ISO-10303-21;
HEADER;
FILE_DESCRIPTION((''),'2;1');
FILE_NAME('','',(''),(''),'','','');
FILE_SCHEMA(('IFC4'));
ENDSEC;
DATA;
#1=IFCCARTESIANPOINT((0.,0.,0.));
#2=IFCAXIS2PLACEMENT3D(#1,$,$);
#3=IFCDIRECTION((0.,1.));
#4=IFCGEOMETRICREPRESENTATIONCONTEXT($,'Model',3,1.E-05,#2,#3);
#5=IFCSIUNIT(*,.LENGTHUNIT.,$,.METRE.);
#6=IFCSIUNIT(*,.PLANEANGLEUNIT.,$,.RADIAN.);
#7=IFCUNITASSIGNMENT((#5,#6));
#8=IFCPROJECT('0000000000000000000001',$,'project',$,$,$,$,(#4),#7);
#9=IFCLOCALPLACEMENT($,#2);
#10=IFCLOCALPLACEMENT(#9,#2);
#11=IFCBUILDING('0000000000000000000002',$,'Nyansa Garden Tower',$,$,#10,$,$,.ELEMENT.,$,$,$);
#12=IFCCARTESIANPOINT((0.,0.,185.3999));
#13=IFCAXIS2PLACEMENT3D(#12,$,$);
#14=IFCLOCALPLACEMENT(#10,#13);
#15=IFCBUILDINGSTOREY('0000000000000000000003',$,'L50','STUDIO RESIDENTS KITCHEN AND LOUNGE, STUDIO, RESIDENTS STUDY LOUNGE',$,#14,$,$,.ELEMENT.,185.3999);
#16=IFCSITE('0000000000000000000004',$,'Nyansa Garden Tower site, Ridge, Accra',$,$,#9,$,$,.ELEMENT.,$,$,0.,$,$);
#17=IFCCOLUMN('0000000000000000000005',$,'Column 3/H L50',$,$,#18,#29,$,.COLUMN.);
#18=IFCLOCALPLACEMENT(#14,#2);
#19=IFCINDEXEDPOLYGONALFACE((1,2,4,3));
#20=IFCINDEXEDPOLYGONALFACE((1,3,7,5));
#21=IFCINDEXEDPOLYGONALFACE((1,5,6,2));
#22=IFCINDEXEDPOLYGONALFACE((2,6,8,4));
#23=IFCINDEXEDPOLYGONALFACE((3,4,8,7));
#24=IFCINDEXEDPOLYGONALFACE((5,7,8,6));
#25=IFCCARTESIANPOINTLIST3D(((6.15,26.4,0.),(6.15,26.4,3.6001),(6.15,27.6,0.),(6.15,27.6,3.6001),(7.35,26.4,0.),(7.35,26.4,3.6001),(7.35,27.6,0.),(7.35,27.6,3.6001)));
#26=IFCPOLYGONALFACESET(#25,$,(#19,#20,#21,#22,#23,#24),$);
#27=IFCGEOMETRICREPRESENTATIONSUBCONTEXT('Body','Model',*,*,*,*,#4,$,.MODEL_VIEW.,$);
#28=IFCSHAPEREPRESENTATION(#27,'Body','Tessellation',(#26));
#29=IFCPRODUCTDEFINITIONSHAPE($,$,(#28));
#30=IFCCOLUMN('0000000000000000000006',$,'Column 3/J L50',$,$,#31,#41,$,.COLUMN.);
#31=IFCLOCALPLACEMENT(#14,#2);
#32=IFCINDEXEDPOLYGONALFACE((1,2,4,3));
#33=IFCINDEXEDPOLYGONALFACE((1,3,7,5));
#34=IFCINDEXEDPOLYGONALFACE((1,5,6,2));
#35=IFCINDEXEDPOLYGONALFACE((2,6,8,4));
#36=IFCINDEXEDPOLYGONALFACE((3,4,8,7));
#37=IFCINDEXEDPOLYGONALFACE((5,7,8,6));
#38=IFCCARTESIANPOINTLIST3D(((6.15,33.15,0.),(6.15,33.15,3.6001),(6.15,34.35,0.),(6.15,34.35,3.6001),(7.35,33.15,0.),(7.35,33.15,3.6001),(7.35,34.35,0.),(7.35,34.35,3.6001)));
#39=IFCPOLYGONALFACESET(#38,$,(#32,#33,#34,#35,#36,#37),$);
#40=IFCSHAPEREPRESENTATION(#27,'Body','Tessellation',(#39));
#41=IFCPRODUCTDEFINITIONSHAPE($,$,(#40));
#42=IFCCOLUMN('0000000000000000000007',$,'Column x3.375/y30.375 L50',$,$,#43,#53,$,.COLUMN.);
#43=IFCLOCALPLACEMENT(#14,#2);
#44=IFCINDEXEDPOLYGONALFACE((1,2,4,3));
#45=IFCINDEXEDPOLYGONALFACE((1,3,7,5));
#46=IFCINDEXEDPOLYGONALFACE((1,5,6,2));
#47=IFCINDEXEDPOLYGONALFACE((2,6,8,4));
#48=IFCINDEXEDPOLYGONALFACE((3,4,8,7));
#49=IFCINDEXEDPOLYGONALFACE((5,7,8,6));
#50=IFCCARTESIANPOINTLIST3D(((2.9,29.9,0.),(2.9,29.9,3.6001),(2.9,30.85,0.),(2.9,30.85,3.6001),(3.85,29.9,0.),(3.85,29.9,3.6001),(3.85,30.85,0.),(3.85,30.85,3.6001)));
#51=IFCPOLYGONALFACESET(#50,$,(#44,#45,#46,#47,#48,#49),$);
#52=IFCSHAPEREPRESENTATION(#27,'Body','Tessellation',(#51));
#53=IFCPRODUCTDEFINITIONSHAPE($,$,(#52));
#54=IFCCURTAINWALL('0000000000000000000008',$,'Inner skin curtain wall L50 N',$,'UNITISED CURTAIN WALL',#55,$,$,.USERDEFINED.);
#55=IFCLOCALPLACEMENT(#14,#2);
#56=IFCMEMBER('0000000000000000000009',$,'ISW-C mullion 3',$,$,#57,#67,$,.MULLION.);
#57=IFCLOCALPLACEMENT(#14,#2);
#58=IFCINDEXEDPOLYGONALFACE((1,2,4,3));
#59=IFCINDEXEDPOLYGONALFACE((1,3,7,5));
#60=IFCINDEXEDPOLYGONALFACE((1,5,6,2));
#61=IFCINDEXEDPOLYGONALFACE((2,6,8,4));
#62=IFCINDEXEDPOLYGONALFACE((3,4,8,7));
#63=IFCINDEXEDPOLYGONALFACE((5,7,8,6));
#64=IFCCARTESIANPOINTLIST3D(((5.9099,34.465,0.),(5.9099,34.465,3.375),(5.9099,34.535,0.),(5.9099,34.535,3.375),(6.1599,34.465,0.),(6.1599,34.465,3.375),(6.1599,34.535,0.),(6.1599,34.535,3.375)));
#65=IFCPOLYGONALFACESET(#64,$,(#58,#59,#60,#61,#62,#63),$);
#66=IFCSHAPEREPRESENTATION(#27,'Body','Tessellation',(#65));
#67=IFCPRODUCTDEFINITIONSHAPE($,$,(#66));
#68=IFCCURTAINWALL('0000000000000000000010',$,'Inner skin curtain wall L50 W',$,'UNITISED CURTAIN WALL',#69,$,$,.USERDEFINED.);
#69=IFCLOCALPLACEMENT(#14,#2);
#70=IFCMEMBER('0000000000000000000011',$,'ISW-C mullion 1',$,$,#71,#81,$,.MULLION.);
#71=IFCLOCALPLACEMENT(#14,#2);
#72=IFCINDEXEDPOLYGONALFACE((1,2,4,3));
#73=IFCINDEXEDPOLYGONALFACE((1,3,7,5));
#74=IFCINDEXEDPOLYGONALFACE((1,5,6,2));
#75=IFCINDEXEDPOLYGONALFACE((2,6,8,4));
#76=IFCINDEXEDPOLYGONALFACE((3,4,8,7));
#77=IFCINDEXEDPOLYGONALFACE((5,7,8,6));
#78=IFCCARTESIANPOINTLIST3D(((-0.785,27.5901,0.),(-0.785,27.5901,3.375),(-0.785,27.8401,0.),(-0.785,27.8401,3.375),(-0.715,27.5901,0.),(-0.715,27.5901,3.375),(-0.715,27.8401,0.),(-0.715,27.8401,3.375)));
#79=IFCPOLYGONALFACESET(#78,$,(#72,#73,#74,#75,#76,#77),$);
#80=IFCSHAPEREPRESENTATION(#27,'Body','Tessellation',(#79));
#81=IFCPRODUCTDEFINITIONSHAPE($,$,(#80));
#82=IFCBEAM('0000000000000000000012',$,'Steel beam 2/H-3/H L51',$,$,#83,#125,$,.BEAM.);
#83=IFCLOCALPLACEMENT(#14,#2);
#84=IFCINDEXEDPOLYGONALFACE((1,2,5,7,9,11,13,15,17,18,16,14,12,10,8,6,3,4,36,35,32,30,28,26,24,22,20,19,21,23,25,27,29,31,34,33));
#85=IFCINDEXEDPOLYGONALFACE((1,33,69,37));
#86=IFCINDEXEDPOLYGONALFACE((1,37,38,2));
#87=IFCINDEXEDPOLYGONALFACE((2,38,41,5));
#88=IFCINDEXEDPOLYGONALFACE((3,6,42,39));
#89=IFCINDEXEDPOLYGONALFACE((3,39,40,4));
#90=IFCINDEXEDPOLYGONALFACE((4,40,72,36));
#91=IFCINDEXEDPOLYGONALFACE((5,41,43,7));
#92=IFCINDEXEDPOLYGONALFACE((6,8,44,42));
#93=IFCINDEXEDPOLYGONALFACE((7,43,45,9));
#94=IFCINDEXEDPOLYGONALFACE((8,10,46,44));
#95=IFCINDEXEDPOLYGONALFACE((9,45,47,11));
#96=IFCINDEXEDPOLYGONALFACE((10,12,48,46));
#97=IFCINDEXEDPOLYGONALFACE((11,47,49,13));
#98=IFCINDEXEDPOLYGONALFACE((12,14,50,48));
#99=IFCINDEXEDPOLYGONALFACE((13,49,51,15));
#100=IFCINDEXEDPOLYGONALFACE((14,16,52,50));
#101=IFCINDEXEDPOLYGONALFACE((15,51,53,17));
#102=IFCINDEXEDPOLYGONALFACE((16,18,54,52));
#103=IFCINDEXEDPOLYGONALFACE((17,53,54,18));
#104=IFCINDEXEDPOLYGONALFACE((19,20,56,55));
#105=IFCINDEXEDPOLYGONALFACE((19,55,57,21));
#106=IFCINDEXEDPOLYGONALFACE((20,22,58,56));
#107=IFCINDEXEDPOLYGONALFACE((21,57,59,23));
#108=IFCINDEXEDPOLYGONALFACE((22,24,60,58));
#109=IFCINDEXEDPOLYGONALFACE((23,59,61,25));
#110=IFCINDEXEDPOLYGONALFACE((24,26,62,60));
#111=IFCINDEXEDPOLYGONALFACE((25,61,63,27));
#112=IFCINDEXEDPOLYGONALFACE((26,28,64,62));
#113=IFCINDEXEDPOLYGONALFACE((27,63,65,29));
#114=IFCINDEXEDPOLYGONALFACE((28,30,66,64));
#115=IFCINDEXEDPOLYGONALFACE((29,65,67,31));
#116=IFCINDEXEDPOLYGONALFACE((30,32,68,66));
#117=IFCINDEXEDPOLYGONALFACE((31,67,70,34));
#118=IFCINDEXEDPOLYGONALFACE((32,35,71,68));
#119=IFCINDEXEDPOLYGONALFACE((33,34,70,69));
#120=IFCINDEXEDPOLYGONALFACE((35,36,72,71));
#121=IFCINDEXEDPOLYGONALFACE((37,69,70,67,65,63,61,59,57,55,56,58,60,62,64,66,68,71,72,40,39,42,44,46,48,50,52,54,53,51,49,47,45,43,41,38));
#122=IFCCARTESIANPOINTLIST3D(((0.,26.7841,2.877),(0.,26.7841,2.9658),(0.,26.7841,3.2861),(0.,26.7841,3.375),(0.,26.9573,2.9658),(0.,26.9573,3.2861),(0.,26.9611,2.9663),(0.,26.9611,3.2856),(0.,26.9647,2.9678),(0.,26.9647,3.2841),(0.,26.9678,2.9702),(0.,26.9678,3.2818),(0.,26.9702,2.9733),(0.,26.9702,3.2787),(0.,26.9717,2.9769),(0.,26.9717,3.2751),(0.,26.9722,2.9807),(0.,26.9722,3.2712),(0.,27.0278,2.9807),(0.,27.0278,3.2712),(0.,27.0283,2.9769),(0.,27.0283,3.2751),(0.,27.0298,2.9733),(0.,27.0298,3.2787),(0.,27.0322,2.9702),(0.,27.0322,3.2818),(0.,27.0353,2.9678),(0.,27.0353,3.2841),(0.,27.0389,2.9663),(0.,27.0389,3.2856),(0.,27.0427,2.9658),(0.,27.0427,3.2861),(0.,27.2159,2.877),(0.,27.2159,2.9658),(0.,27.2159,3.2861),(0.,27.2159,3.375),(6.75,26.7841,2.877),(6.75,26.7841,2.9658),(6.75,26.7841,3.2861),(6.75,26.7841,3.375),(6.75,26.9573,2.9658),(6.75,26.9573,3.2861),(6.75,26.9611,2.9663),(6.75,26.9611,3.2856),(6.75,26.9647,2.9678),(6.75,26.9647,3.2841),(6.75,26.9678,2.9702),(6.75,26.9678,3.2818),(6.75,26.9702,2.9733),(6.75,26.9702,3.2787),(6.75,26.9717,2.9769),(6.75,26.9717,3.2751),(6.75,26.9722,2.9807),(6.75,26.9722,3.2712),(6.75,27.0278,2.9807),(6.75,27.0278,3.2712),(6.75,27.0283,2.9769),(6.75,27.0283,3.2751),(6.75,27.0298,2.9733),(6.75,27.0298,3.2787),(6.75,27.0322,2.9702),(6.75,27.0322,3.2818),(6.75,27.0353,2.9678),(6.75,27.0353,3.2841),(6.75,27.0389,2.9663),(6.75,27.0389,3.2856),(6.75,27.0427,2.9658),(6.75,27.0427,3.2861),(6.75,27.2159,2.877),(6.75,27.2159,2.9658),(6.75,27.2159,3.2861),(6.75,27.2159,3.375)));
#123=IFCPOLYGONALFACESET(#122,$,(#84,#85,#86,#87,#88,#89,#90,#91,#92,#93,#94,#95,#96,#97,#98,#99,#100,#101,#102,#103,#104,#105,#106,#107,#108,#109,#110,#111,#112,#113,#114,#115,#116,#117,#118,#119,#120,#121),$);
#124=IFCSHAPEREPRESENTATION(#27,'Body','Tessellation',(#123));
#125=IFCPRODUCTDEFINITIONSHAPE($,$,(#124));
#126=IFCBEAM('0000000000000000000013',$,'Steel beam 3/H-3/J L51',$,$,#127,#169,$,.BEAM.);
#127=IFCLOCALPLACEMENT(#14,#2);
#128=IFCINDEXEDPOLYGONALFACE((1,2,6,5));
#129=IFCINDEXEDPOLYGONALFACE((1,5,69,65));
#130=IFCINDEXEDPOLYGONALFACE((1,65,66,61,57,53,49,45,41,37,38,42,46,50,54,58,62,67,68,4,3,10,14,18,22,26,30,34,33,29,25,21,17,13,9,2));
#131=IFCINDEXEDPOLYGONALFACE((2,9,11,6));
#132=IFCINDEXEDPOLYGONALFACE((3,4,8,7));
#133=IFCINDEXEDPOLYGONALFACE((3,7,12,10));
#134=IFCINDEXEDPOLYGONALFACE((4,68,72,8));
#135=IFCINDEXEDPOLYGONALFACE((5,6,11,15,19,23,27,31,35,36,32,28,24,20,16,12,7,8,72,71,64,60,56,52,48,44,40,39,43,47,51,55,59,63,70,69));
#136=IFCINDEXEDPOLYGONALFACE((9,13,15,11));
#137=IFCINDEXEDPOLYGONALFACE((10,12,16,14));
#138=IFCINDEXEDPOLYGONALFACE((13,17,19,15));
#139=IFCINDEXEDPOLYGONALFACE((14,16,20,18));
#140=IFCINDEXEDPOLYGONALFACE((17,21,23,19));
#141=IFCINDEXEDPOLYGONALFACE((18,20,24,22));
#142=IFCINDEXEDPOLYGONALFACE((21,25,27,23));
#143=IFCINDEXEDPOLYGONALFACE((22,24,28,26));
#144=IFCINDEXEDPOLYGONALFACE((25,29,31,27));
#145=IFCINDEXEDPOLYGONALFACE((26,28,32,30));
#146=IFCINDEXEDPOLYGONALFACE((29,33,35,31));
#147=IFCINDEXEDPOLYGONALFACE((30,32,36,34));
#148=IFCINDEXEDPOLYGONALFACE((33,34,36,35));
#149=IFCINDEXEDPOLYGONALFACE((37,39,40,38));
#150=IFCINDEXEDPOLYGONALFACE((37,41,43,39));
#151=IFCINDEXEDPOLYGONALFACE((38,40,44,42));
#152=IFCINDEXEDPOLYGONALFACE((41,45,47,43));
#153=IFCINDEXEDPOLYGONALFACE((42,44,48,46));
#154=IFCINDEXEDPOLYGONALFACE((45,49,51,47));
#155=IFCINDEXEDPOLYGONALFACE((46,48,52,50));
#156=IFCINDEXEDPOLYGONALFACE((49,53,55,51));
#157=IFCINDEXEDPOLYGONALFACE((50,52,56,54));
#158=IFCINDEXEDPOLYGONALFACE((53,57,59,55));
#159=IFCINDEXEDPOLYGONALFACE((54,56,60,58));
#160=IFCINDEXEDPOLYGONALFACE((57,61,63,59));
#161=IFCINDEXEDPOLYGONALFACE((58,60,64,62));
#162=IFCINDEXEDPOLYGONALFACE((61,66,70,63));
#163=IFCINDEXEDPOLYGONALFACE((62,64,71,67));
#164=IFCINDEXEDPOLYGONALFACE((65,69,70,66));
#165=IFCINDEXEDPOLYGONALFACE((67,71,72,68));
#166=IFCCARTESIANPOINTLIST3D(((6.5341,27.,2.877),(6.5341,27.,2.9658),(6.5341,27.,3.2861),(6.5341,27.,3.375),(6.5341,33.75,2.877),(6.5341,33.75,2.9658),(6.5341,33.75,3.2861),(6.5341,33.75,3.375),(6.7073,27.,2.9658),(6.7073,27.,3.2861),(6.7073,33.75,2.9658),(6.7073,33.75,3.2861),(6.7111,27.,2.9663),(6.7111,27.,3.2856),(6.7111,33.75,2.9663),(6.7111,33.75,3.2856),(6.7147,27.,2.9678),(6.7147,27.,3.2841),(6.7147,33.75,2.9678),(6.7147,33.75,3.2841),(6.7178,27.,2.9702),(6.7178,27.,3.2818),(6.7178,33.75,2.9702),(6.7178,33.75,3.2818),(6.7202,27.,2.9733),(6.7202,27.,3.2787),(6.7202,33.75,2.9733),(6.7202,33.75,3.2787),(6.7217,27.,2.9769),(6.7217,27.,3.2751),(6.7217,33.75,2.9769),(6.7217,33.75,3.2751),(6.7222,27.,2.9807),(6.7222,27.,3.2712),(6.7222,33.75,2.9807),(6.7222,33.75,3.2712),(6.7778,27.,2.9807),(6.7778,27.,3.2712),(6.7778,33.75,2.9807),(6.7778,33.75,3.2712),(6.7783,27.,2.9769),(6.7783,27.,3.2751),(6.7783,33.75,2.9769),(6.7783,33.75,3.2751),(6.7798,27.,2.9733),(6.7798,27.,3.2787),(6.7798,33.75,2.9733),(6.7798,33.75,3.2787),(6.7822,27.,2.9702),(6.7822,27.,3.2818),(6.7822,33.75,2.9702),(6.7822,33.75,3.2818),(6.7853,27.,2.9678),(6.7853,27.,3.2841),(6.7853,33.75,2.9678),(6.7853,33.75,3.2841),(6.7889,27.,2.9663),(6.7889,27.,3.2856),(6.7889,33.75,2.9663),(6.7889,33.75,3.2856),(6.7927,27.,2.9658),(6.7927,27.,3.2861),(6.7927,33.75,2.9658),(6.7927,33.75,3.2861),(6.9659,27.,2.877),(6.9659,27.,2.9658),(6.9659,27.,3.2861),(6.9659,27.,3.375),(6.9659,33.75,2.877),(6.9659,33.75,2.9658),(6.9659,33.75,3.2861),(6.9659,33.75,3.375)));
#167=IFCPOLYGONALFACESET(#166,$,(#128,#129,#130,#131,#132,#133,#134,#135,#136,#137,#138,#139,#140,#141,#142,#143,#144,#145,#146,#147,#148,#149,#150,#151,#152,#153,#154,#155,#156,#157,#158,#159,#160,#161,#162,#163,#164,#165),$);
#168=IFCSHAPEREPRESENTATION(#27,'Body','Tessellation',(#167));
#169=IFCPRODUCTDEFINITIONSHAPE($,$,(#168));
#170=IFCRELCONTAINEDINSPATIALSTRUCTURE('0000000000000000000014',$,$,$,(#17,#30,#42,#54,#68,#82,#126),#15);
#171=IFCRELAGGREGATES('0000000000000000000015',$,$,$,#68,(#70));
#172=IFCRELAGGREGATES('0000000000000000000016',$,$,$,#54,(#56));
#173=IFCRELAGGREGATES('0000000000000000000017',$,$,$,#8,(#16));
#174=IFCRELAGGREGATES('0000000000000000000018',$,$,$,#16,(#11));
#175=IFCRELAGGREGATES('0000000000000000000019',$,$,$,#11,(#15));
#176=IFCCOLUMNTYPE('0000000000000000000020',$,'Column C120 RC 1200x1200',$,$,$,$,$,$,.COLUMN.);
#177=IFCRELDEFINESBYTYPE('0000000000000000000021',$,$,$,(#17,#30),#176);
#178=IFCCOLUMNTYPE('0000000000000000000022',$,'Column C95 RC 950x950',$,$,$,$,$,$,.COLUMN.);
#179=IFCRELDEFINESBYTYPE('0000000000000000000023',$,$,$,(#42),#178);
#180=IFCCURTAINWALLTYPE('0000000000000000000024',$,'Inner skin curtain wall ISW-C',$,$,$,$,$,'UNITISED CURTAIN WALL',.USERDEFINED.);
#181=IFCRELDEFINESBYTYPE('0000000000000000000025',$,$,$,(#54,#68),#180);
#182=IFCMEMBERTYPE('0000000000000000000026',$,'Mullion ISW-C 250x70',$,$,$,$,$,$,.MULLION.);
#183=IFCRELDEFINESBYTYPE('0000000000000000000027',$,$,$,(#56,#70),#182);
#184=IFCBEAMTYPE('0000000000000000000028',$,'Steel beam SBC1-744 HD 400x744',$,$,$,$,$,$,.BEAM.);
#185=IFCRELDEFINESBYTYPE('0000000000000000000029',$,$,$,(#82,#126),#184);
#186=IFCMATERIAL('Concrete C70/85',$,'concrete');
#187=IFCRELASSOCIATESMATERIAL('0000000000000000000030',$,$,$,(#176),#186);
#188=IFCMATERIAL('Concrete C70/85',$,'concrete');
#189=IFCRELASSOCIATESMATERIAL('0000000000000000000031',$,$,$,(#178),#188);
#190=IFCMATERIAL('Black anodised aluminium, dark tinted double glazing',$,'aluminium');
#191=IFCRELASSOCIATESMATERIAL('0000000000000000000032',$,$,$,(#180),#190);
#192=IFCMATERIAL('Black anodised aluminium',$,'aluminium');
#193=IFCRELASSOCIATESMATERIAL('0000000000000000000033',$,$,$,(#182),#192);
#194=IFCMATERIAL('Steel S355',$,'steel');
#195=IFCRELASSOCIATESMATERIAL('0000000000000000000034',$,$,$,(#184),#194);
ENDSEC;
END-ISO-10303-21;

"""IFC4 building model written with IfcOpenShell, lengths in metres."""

from ifc_helpers import new_model, si_unit, direction, frame, origin, origin_2d, place, context, subcontext, project, spatial, rectangle, i_section, extrude, material, material_profile, profile_set, type_object, element, aggregate, save


model = new_model("IFC4")

# Units and contexts
model_context = context("Model", 3, precision=1e-05, world=origin(), true_north=direction((0.0, 1.0)))
body_context = subcontext(model_context, "Body", "Model", "MODEL_VIEW")
ifc_project = project(units=[si_unit("LENGTHUNIT", "METRE"), si_unit("PLANEANGLEUNIT", "RADIAN")], contexts=[model_context])

# Site, building, storey
site_placement = place(None, origin())
site = spatial("IfcSite", under=ifc_project, at=site_placement, Name="Nyansa Garden Tower site, Ridge, Accra", CompositionType="ELEMENT", RefElevation=0.0)
building_placement = place(site_placement, origin())
building = spatial("IfcBuilding", under=site, at=building_placement, Name="Nyansa Garden Tower", CompositionType="ELEMENT")
storey_placement = place(building_placement, frame((0.0, 0.0, 185.3999)))
storey = spatial("IfcBuildingStorey", under=building, at=storey_placement, Name="L50", Description="STUDIO RESIDENTS KITCHEN AND LOUNGE, STUDIO, RESIDENTS STUDY LOUNGE", CompositionType="ELEMENT", Elevation=185.3999)

# Columns
ifc_material_1 = material(Name="Concrete C70/85", Category="concrete")
ifc_material_profile_1 = material_profile(ifc_material_1, rectangle(XDim=1.2, YDim=1.2, at=origin_2d()), Name="RC 1200x1200")
ifc_profile_set_1 = profile_set([ifc_material_profile_1], Name="Concrete C70/85")
column_type_1 = type_object("IfcColumnType", Name="Column C120 RC 1200x1200", PredefinedType="COLUMN", material=ifc_profile_set_1)
for number, where, z_axis, x_axis, name in (
    (1, (6.75, 27.0, 0.0), (0.0, 0.0, 1.0), (1.0, 0.0, 0.0), "Column 3/H L50"),
    (2, (6.75, 33.75, 0.0), (0.0, 0.0, 1.0), (1.0, 0.0, 0.0), "Column 3/J L50"),
):
    element("IfcColumn", number, at=place(storey_placement, frame(where, z_axis=z_axis, x_axis=x_axis)), inside=storey, type_object=column_type_1, Name=name, PredefinedType="COLUMN", context=body_context, shape_type="SweptSolid", body=[
        extrude(rectangle(XDim=1.2, YDim=1.2, at=origin_2d()), origin(), (0.0, 0.0, 1.0), 3.6001),
    ])
ifc_material_2 = material(Name="Concrete C70/85", Category="concrete")
ifc_material_profile_2 = material_profile(ifc_material_2, rectangle(XDim=0.95, YDim=0.95, at=origin_2d()), Name="RC 950x950")
ifc_profile_set_2 = profile_set([ifc_material_profile_2], Name="Concrete C70/85")
column_type_2 = type_object("IfcColumnType", Name="Column C95 RC 950x950", PredefinedType="COLUMN", material=ifc_profile_set_2)
column_placement = place(storey_placement, frame((3.375, 30.375, 0.0), z_axis=(0.0, 0.0, 1.0), x_axis=(1.0, 0.0, 0.0)))
element("IfcColumn", 3, at=column_placement, inside=storey, type_object=column_type_2, Name="Column x3.375/y30.375 L50", PredefinedType="COLUMN", context=body_context, shape_type="SweptSolid", body=[
    extrude(rectangle(XDim=0.95, YDim=0.95, at=origin_2d()), origin(), (0.0, 0.0, 1.0), 3.6001),
])

# Curtain walls, members
ifc_material_3 = material(Name="Black anodised aluminium, dark tinted double glazing", Category="aluminium")
curtain_wall_type = type_object("IfcCurtainWallType", Name="Inner skin curtain wall ISW-C", ElementType="UNITISED CURTAIN WALL", PredefinedType="USERDEFINED", material=ifc_material_3)
curtain_wall_1_placement = place(storey_placement, origin())
curtain_wall_1 = element("IfcCurtainWall", 4, at=curtain_wall_1_placement, inside=storey, type_object=curtain_wall_type, Name="Inner skin curtain wall L50 N", ObjectType="UNITISED CURTAIN WALL", PredefinedType="USERDEFINED")
ifc_material_4 = material(Name="Black anodised aluminium", Category="aluminium")
ifc_material_profile_3 = material_profile(ifc_material_4, rectangle(XDim=0.0701, YDim=0.25, at=origin_2d()), Name="Mullion 250x70")
ifc_profile_set_3 = profile_set([ifc_material_profile_3], Name="Black anodised aluminium")
member_type_1 = type_object("IfcMemberType", Name="Mullion ISW-C 250x70", PredefinedType="MULLION", material=ifc_profile_set_3)
member_1_placement = place(storey_placement, frame((6.0349, 34.5, 0.0), z_axis=(0.0, 0.0, 1.0), x_axis=(0.0, -1.0, 0.0)))
member_1 = element("IfcMember", 5, at=member_1_placement, type_object=member_type_1, Name="ISW-C mullion 3", PredefinedType="MULLION", context=body_context, shape_type="SweptSolid", body=[
    extrude(rectangle(XDim=0.0701, YDim=0.25, at=origin_2d()), origin(), (0.0, 0.0, 1.0), 3.375),
])
curtain_wall_2_placement = place(storey_placement, origin())
curtain_wall_2 = element("IfcCurtainWall", 6, at=curtain_wall_2_placement, inside=storey, type_object=curtain_wall_type, Name="Inner skin curtain wall L50 W", ObjectType="UNITISED CURTAIN WALL", PredefinedType="USERDEFINED")
member_2_placement = place(storey_placement, frame((-0.75, 27.7151, 0.0), z_axis=(0.0, 0.0, 1.0), x_axis=(1.0, 0.0, 0.0)))
member_2 = element("IfcMember", 7, at=member_2_placement, type_object=member_type_1, Name="ISW-C mullion 1", PredefinedType="MULLION", context=body_context, shape_type="SweptSolid", body=[
    extrude(rectangle(XDim=0.0701, YDim=0.25, at=origin_2d()), origin(), (0.0, 0.0, 1.0), 3.375),
])

# Beams
ifc_material_5 = material(Name="Steel S355", Category="steel")
ifc_material_profile_4 = material_profile(ifc_material_5, i_section(OverallWidth=0.4319, OverallDepth=0.498, WebThickness=0.0557, FlangeThickness=0.0889, FilletRadius=0.0149, at=origin_2d()), Name="HD 400x744")
ifc_profile_set_4 = profile_set([ifc_material_profile_4], Name="Steel S355")
beam_type_1 = type_object("IfcBeamType", Name="Steel beam SBC1-744 HD 400x744", PredefinedType="BEAM", material=ifc_profile_set_4)
for number, where, z_axis, x_axis, name in (
    (8, (0.0, 27.0, 3.126), (1.0, 0.0, 0.0), (0.0, 1.0, 0.0), "Steel beam 2/H-3/H L51"),
    (9, (6.75, 27.0, 3.126), (0.0, 1.0, 0.0), (-1.0, 0.0, 0.0), "Steel beam 3/H-3/J L51"),
):
    element("IfcBeam", number, at=place(storey_placement, frame(where, z_axis=z_axis, x_axis=x_axis)), inside=storey, type_object=beam_type_1, Name=name, PredefinedType="BEAM", context=body_context, shape_type="SweptSolid", body=[
        extrude(i_section(OverallWidth=0.4319, OverallDepth=0.498, WebThickness=0.0557, FlangeThickness=0.0889, FilletRadius=0.0149, at=origin_2d()), origin(), (0.0, 0.0, 1.0), 6.75),
    ])

aggregate(curtain_wall_2, [member_2])

aggregate(curtain_wall_1, [member_1])

save(model, "model.ifc")
